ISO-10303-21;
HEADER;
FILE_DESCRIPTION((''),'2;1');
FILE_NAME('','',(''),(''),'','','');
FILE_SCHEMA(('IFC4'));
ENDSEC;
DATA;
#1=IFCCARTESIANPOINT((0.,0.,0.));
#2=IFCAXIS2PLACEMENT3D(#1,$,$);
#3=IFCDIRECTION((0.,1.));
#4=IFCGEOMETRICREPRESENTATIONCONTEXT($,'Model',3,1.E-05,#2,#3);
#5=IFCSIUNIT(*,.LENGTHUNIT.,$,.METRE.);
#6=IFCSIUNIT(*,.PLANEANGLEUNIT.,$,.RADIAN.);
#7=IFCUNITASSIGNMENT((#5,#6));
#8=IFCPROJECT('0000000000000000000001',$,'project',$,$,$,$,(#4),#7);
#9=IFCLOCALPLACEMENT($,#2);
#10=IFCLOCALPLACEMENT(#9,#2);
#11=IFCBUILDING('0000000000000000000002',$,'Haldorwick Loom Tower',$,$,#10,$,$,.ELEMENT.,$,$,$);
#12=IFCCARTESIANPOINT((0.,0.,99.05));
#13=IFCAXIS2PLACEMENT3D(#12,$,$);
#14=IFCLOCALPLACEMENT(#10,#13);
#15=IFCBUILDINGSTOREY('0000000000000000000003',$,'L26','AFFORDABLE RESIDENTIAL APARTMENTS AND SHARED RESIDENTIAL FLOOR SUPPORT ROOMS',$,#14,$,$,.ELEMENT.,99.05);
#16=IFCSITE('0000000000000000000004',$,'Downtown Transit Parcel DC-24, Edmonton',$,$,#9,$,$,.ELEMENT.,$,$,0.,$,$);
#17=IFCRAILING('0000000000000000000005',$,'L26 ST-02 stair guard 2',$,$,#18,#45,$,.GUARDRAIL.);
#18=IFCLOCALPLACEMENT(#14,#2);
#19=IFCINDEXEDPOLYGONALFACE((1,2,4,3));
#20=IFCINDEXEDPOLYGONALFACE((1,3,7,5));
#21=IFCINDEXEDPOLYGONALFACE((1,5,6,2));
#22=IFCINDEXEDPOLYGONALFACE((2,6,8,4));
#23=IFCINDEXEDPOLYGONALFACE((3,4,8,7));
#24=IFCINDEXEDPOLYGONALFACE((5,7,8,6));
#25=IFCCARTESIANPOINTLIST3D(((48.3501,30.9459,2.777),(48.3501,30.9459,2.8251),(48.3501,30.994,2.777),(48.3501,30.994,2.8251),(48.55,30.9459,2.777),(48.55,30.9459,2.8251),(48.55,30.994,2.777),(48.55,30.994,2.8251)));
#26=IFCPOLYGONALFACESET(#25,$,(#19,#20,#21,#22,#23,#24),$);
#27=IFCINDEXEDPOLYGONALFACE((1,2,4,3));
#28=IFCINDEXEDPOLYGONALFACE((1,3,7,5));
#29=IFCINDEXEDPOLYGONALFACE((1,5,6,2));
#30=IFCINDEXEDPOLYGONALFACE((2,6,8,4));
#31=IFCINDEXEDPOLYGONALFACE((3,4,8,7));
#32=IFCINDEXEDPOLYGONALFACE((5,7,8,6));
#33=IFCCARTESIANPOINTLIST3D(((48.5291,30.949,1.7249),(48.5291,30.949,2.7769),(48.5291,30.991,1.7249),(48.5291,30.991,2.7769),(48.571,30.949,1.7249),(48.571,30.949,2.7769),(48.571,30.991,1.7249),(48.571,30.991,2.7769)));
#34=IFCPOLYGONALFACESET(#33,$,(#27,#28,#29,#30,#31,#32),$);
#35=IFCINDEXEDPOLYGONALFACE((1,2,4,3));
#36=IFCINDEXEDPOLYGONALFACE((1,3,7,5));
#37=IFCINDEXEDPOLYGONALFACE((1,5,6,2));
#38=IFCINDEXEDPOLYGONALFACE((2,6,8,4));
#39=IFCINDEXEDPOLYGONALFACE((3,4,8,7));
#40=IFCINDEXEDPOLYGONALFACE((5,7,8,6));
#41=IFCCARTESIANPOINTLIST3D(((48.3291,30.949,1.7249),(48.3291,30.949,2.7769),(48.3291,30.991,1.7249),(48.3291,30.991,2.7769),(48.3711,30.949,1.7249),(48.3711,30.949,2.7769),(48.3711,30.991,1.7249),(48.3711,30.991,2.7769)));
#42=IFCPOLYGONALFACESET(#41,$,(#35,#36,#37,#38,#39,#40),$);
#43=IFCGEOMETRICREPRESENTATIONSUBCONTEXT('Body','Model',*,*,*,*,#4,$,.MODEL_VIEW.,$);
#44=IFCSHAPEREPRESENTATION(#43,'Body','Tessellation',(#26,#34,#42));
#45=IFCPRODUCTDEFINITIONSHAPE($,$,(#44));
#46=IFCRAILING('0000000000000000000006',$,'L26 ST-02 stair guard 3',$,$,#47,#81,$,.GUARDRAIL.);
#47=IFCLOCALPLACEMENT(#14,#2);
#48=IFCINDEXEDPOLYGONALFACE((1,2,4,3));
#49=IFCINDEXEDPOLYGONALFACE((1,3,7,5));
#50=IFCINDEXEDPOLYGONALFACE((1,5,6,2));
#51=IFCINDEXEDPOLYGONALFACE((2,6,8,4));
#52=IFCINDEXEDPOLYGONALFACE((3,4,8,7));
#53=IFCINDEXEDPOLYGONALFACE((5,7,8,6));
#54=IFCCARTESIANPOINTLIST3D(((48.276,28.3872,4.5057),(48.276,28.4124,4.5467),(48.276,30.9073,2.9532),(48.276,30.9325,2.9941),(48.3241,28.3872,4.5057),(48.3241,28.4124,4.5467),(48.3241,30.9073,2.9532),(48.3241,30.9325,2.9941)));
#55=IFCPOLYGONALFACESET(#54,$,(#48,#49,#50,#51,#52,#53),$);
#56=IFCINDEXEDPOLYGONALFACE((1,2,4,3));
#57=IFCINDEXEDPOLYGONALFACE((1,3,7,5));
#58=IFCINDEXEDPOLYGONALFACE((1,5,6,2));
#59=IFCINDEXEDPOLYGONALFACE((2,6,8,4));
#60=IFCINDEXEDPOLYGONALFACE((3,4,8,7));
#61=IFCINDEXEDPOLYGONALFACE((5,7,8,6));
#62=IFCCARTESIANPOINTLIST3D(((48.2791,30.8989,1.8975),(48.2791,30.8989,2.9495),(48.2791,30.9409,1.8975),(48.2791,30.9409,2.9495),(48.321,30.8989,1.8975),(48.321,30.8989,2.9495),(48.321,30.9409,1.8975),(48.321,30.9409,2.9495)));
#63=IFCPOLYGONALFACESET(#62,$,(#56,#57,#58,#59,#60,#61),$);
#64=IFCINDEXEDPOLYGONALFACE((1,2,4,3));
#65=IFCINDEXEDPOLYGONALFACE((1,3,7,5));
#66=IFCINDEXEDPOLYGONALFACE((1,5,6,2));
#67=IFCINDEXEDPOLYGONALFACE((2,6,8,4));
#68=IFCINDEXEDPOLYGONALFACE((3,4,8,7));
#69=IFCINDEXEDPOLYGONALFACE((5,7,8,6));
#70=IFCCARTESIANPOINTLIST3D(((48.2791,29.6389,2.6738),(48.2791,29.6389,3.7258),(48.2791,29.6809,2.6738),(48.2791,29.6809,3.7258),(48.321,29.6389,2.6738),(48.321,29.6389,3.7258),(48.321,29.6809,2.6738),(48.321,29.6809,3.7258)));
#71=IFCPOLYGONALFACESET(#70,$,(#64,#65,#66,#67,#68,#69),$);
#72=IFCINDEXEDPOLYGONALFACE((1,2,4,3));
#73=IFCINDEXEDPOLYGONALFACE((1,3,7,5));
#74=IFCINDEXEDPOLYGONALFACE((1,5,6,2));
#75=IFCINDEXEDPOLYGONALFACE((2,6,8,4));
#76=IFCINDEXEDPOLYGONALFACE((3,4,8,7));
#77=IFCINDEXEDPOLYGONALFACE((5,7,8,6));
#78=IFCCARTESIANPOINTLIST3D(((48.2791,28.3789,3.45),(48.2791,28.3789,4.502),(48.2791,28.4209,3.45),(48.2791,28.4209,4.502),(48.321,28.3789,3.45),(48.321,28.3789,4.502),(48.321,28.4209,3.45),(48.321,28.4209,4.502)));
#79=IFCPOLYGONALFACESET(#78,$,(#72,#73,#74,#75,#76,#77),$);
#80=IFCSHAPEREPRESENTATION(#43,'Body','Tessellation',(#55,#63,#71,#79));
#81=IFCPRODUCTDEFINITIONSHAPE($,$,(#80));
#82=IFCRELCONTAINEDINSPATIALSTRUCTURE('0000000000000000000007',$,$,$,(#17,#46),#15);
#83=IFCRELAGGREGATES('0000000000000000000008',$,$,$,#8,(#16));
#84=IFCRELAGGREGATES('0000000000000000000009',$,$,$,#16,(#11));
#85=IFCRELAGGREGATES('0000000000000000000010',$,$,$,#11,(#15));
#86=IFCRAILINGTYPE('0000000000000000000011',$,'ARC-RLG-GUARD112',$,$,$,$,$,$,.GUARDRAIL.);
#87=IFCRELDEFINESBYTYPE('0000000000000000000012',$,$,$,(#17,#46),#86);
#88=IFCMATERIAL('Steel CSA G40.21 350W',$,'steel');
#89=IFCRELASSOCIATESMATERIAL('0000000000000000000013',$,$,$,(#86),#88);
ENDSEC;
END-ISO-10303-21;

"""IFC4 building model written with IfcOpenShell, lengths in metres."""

from ifc_helpers import new_model, si_unit, direction, frame, origin, origin_2d, place, context, subcontext, project, spatial, rectangle, extrude, material, type_object, element, save


model = new_model("IFC4")

# Units and contexts
model_context = context("Model", 3, precision=1e-05, world=origin(), true_north=direction((0.0, 1.0)))
body_context = subcontext(model_context, "Body", "Model", "MODEL_VIEW")
ifc_project = project(units=[si_unit("LENGTHUNIT", "METRE"), si_unit("PLANEANGLEUNIT", "RADIAN")], contexts=[model_context])

# Site, building, storey
site_placement = place(None, origin())
site = spatial("IfcSite", under=ifc_project, at=site_placement, Name="Downtown Transit Parcel DC-24, Edmonton", CompositionType="ELEMENT", RefElevation=0.0)
building_placement = place(site_placement, origin())
building = spatial("IfcBuilding", under=site, at=building_placement, Name="Haldorwick Loom Tower", CompositionType="ELEMENT")
storey_placement = place(building_placement, frame((0.0, 0.0, 99.05)))
storey = spatial("IfcBuildingStorey", under=building, at=storey_placement, Name="L26", Description="AFFORDABLE RESIDENTIAL APARTMENTS AND SHARED RESIDENTIAL FLOOR SUPPORT ROOMS", CompositionType="ELEMENT", Elevation=99.05)

# Shared definitions
ifc_material_1 = material(Name="Steel CSA G40.21 350W", Category="steel")

# Railings
railing_type_1 = type_object("IfcRailingType", Name="ARC-RLG-GUARD112", PredefinedType="GUARDRAIL", material=ifc_material_1)
railing_1_placement = place(storey_placement, frame((48.55, 30.97, 1.7249)))
element("IfcRailing", 1, at=railing_1_placement, inside=storey, type_object=railing_type_1, Name="L26 ST-02 stair guard 2", PredefinedType="GUARDRAIL", context=body_context, shape_type="SweptSolid", body=[
    extrude(rectangle(XDim=0.0481, YDim=0.0481, at=origin_2d()), frame((0.0, 0.0, 1.0762), z_axis=(-1.0, 0.0, 0.0), x_axis=(0.0, -1.0, 0.0)), (0.0, 0.0, 1.0), 0.2),
    extrude(rectangle(XDim=0.042, YDim=0.042, at=origin_2d()), origin(), (0.0, 0.0, 1.0), 1.052),
    extrude(rectangle(XDim=0.042, YDim=0.042, at=origin_2d()), frame((-0.2, 0.0, 0.0)), (0.0, 0.0, 1.0), 1.052),
])
railing_2_placement = place(storey_placement, frame((48.3, 30.9199, 1.8975)))
element("IfcRailing", 2, at=railing_2_placement, inside=storey, type_object=railing_type_1, Name="L26 ST-02 stair guard 3", PredefinedType="GUARDRAIL", context=body_context, shape_type="SweptSolid", body=[
    extrude(rectangle(XDim=0.0481, YDim=0.0481, at=origin_2d()), frame((0.0, 0.0, 1.0762), z_axis=(0.0, -0.8514, 0.524516), x_axis=(1.0, 0.0, 0.0)), (0.0, 0.0, 1.0), 2.96),
    extrude(rectangle(XDim=0.042, YDim=0.042, at=origin_2d()), origin(), (0.0, 0.0, 1.0), 1.052),
    extrude(rectangle(XDim=0.042, YDim=0.042, at=origin_2d()), frame((0.0, -1.26, 0.7764)), (0.0, 0.0, 1.0), 1.052),
    extrude(rectangle(XDim=0.042, YDim=0.042, at=origin_2d()), frame((0.0, -2.52, 1.5525)), (0.0, 0.0, 1.0), 1.052),
])

save(model, "model.ifc")
